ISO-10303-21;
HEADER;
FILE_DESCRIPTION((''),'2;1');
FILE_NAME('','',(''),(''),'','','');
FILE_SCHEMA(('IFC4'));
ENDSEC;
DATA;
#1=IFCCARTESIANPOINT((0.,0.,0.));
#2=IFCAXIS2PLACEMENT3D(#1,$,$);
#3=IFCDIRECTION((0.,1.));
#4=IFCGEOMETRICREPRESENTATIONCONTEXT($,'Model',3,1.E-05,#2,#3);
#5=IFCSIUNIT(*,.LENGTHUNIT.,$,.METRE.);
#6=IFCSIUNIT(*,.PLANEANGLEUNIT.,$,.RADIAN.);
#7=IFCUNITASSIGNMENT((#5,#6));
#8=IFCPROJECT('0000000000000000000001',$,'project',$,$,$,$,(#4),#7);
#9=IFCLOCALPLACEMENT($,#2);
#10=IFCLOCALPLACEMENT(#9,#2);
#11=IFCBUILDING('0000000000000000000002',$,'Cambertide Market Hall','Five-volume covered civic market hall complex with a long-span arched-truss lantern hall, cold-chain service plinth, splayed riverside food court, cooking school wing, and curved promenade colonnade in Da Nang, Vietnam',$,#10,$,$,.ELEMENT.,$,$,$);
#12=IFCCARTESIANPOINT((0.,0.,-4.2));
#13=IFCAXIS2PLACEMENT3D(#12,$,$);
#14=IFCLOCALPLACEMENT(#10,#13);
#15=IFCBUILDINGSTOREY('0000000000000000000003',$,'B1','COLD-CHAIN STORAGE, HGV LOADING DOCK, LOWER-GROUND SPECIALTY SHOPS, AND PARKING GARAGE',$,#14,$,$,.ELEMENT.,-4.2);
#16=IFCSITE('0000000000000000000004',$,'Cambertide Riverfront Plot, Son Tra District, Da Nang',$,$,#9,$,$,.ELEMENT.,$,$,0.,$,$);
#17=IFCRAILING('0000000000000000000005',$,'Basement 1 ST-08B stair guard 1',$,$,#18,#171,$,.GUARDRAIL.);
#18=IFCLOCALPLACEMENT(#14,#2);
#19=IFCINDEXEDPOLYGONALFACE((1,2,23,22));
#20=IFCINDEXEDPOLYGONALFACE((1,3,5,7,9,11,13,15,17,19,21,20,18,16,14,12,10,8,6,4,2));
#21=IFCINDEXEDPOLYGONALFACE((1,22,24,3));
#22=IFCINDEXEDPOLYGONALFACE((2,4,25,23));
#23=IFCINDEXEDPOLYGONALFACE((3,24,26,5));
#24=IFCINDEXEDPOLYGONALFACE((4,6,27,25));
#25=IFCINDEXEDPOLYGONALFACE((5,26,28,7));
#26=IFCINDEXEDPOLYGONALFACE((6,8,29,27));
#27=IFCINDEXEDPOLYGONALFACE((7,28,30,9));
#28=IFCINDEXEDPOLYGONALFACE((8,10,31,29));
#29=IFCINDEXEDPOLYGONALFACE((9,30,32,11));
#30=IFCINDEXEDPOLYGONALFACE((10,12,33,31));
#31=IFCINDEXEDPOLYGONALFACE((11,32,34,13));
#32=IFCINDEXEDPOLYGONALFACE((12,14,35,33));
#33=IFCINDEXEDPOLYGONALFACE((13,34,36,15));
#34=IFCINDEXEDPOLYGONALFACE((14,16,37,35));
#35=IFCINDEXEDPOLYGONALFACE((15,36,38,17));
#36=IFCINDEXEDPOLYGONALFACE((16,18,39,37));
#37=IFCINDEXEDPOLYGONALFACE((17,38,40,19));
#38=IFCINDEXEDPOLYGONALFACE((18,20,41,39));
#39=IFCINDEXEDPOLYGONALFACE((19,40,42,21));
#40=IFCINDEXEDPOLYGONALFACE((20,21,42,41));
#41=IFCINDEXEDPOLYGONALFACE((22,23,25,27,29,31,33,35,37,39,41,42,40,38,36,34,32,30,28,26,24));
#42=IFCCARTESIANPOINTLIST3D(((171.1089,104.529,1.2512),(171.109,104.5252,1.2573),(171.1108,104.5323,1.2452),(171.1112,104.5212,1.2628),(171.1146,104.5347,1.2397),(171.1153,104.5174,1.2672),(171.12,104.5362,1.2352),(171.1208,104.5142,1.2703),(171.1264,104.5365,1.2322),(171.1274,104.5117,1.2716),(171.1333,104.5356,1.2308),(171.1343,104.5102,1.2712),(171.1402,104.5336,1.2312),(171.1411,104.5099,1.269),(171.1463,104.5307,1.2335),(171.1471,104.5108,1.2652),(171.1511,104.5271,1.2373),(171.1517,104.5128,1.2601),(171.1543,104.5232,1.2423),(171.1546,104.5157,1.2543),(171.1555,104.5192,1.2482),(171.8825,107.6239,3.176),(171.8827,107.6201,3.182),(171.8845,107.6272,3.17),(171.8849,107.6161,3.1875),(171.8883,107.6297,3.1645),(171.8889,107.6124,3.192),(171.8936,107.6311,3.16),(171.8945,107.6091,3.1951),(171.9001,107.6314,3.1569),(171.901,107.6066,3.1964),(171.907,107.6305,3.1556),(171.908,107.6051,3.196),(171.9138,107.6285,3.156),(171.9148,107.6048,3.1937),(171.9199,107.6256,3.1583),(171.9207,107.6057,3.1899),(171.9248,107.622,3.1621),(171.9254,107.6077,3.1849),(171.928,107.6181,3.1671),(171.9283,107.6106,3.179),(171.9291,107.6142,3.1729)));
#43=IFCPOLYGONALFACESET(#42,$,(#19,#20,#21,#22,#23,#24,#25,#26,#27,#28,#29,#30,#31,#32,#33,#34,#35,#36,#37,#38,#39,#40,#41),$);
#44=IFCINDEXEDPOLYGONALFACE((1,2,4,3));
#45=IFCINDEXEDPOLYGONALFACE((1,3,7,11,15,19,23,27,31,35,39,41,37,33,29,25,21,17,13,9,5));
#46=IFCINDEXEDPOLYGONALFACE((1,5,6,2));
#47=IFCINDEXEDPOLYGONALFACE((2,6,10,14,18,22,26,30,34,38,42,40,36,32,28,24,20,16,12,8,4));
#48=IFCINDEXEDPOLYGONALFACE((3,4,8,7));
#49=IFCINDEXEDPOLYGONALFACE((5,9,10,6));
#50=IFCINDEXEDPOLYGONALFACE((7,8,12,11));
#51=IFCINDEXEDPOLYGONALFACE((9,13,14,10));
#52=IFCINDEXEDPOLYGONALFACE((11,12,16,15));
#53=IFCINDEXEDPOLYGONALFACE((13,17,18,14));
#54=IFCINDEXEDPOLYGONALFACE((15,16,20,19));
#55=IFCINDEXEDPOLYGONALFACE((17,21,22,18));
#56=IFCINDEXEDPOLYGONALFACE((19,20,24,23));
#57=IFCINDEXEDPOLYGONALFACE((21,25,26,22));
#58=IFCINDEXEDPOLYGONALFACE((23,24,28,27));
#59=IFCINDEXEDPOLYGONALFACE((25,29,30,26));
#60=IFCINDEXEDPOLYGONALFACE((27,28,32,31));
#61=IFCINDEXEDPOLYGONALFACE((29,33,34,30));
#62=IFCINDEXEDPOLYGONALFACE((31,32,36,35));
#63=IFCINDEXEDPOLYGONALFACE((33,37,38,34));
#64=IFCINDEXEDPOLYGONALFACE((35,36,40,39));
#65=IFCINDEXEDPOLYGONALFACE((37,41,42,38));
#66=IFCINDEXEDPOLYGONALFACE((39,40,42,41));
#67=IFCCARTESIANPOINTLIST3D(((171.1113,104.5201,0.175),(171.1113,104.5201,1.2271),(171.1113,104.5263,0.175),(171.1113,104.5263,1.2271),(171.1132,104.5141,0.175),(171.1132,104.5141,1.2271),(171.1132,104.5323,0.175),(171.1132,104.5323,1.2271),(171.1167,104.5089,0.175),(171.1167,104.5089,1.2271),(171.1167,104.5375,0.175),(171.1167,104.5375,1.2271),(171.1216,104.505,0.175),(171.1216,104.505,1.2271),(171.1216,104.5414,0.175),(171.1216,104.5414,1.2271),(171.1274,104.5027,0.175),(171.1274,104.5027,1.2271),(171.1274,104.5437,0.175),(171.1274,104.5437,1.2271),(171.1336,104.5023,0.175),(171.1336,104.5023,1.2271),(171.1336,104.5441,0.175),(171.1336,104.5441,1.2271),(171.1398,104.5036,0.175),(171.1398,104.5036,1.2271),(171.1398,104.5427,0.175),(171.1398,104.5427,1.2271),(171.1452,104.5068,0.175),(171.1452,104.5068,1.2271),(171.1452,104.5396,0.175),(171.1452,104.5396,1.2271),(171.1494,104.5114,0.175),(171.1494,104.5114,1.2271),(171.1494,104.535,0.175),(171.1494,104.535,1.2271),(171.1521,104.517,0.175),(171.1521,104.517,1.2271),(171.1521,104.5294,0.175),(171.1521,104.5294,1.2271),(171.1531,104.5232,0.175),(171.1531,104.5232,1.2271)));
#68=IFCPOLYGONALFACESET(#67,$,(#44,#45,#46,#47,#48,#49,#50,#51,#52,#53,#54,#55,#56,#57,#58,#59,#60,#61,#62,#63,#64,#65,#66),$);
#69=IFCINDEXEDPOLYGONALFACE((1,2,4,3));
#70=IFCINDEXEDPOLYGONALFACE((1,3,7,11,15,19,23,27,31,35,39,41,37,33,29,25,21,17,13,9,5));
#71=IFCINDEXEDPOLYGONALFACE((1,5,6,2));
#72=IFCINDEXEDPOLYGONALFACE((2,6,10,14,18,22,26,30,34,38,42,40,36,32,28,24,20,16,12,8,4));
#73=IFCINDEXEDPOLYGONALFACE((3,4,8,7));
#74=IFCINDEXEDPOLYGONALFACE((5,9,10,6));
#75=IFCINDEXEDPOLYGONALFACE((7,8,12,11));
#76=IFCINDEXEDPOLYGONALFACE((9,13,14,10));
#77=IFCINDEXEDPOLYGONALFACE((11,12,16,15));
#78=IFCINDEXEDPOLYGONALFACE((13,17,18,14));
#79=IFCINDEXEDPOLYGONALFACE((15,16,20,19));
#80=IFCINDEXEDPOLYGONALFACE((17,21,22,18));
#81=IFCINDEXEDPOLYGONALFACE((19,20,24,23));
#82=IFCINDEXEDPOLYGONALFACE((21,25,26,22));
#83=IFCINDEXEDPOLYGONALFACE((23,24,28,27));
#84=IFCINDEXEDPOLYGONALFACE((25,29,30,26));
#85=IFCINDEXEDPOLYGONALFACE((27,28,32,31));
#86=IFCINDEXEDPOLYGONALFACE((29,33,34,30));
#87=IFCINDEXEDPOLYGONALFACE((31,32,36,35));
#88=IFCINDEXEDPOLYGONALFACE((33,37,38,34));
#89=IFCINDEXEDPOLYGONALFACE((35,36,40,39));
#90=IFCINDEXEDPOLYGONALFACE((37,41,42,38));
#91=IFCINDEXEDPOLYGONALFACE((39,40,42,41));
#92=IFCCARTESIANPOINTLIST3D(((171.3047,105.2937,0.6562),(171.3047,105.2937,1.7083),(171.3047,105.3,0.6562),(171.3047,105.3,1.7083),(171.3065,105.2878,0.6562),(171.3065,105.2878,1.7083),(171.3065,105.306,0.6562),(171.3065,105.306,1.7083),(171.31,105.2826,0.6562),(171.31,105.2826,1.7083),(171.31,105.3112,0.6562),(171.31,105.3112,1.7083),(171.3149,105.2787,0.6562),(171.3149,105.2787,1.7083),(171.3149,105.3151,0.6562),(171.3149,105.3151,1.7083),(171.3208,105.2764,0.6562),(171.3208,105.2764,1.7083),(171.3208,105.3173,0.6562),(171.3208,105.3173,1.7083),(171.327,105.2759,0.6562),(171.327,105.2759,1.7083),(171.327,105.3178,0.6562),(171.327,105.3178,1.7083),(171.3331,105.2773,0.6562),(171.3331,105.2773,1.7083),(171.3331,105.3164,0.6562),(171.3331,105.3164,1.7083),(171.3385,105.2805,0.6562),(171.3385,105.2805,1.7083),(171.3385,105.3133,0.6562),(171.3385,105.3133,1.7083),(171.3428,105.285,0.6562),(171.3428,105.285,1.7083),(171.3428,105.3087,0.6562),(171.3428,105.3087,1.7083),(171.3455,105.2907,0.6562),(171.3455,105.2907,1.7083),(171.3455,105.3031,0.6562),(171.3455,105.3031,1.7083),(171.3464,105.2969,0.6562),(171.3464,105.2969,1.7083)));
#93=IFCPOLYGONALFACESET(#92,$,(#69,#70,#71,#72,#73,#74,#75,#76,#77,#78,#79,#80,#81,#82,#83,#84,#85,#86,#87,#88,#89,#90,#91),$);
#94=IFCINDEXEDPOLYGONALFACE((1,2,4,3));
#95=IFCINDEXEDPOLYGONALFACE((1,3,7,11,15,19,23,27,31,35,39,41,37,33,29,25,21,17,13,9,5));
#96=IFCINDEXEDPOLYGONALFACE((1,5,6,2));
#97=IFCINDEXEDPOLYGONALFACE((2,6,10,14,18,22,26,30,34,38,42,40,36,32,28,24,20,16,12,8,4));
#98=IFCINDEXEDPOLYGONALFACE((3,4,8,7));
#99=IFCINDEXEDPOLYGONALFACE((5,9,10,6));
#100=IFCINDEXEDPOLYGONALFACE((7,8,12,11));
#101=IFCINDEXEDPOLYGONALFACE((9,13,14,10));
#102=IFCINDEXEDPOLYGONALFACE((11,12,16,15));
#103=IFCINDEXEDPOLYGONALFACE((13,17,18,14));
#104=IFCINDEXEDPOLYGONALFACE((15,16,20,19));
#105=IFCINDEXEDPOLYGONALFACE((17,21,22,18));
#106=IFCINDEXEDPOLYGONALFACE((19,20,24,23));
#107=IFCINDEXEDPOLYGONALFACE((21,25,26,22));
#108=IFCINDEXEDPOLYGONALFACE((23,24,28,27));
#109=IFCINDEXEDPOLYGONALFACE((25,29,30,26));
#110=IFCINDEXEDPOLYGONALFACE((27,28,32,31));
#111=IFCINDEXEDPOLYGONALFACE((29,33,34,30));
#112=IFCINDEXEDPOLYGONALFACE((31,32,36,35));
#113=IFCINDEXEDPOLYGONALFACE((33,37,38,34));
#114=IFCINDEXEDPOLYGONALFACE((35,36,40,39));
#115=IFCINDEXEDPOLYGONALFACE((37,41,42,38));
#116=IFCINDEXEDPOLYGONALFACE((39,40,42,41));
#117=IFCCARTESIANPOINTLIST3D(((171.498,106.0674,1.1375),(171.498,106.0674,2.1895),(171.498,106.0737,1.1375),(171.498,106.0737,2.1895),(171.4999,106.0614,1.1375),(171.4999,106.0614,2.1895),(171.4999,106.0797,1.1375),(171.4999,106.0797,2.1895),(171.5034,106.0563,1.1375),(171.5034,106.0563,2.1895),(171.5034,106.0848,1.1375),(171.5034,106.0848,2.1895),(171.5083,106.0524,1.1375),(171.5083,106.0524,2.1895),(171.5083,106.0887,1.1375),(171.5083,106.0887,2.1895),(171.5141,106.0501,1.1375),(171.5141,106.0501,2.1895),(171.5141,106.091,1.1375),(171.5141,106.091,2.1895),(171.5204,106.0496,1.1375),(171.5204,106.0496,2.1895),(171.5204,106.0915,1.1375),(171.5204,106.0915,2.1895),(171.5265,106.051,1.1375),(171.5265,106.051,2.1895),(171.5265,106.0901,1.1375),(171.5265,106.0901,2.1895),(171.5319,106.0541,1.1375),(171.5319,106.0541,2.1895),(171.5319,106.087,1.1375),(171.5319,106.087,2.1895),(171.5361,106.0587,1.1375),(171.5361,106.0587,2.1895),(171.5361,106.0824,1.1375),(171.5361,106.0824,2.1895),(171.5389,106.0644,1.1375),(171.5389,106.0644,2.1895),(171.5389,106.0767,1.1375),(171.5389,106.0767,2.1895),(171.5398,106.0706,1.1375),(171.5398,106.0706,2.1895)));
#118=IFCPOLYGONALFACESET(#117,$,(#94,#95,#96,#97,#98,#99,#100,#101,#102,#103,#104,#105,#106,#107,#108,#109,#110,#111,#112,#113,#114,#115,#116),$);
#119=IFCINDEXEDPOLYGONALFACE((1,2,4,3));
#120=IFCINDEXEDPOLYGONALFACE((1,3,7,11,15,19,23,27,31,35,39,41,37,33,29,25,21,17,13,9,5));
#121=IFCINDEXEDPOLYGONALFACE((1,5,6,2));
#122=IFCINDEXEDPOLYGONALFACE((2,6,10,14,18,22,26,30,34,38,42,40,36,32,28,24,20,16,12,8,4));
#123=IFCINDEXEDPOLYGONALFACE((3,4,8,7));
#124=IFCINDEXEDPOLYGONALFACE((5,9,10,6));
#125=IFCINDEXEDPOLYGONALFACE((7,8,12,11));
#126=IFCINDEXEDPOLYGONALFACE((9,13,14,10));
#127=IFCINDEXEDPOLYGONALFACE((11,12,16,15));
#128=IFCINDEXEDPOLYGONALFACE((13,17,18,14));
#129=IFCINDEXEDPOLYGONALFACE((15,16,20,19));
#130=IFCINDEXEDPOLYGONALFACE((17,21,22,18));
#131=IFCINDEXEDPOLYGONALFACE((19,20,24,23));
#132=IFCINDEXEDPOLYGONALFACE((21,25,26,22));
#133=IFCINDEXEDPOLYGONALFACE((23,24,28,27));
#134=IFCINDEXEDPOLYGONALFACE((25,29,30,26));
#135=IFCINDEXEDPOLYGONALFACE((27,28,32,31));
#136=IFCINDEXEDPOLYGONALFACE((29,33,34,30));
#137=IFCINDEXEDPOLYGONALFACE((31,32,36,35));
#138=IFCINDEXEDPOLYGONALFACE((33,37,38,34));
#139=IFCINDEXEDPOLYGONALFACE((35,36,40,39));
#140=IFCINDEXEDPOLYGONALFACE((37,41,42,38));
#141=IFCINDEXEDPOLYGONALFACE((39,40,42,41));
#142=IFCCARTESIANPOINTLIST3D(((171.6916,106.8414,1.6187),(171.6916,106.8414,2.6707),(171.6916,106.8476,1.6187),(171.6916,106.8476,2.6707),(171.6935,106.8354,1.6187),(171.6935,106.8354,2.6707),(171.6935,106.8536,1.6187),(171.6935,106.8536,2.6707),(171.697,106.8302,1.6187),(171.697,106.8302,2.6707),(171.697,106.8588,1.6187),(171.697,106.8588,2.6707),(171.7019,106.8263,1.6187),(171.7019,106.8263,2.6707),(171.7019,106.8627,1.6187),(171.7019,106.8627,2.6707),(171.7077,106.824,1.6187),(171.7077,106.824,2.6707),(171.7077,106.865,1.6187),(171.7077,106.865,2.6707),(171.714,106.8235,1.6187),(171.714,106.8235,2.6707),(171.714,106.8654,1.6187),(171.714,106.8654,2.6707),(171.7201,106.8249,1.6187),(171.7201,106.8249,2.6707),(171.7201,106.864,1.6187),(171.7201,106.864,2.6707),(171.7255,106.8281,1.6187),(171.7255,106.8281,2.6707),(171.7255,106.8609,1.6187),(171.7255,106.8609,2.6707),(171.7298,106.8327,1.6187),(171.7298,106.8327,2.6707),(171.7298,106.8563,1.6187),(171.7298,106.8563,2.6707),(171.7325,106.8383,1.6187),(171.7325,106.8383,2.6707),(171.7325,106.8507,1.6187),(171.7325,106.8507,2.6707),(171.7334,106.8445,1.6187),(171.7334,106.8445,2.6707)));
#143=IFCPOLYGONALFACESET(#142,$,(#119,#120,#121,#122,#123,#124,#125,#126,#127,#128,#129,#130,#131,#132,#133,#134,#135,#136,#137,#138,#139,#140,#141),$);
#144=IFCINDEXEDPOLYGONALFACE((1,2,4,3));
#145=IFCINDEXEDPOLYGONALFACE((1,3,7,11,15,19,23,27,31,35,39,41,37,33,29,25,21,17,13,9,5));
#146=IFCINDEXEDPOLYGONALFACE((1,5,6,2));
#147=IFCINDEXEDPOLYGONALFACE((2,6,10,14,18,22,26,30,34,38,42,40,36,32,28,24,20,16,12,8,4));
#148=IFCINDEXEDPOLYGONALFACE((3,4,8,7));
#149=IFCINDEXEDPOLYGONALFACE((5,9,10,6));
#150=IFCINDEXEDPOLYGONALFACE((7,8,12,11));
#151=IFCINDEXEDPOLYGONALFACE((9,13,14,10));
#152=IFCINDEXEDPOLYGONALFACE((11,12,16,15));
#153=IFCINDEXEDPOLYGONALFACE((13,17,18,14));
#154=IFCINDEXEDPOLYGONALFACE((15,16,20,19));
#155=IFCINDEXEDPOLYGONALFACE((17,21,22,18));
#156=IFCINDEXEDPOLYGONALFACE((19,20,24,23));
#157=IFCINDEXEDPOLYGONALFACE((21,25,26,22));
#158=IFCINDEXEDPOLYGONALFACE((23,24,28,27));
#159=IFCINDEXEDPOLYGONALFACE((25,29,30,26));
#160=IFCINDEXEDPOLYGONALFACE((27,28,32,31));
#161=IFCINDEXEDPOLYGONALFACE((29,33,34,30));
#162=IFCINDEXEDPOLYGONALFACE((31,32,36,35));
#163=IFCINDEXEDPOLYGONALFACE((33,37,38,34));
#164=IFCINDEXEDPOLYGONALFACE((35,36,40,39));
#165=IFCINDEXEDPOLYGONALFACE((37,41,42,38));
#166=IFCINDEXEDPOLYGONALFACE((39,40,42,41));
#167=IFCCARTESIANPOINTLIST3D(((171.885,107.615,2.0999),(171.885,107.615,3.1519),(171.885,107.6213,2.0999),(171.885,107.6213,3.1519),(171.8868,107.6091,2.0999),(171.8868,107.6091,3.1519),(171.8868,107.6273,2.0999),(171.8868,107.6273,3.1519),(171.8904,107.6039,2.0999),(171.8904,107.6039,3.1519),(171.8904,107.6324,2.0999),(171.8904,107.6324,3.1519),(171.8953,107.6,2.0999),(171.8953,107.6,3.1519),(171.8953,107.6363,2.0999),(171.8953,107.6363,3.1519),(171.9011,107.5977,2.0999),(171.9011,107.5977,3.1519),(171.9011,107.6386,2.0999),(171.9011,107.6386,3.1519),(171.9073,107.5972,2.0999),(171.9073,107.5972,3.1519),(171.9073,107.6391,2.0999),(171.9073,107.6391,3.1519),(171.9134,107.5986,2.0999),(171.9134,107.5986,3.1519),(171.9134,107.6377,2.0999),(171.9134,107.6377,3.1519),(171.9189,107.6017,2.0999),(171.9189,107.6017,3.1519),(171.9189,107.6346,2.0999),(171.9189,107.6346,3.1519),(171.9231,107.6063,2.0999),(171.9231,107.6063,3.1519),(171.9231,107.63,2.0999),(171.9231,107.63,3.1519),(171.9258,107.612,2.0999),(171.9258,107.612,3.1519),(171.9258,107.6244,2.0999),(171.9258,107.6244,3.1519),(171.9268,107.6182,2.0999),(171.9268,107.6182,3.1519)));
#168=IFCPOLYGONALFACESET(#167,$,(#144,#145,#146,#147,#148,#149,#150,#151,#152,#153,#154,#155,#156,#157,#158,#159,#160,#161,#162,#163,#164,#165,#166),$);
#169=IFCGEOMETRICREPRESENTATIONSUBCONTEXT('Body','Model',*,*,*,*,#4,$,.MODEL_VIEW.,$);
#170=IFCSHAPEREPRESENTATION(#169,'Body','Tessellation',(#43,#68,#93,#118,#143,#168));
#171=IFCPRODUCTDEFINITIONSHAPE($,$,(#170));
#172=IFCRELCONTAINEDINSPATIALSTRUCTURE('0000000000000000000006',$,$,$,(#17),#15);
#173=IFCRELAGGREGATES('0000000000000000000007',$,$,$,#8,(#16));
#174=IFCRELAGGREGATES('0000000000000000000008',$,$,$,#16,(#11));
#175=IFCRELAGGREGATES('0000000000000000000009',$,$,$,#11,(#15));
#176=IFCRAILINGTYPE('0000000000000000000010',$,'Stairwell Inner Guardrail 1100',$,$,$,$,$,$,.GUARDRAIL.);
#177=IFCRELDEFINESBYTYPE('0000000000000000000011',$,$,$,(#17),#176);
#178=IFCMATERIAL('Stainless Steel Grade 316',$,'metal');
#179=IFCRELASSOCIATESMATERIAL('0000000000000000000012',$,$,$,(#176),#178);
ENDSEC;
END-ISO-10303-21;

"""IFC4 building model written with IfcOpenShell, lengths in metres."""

from ifc_helpers import new_model, si_unit, direction, frame, origin, origin_2d, place, context, subcontext, project, spatial, circle, extrude, material, type_object, element, save


model = new_model("IFC4")

# Units and contexts
model_context = context("Model", 3, precision=1e-05, world=origin(), true_north=direction((0.0, 1.0)))
body_context = subcontext(model_context, "Body", "Model", "MODEL_VIEW")
ifc_project = project(units=[si_unit("LENGTHUNIT", "METRE"), si_unit("PLANEANGLEUNIT", "RADIAN")], contexts=[model_context])

# Site, building, storey
site_placement = place(None, origin())
site = spatial("IfcSite", under=ifc_project, at=site_placement, Name="Cambertide Riverfront Plot, Son Tra District, Da Nang", CompositionType="ELEMENT", RefElevation=0.0)
building_placement = place(site_placement, origin())
building = spatial("IfcBuilding", under=site, at=building_placement, Name="Cambertide Market Hall", Description="Five-volume covered civic market hall complex with a long-span arched-truss lantern hall, cold-chain service plinth, splayed riverside food court, cooking school wing, and curved promenade colonnade in Da Nang, Vietnam", CompositionType="ELEMENT")
storey_placement = place(building_placement, frame((0.0, 0.0, -4.2)))
storey = spatial("IfcBuildingStorey", under=building, at=storey_placement, Name="B1", Description="COLD-CHAIN STORAGE, HGV LOADING DOCK, LOWER-GROUND SPECIALTY SHOPS, AND PARKING GARAGE", CompositionType="ELEMENT", Elevation=-4.2)

# Railing
ifc_material_1 = material(Name="Stainless Steel Grade 316", Category="metal")
railing_type_1 = type_object("IfcRailingType", Name="Stairwell Inner Guardrail 1100", PredefinedType="GUARDRAIL", material=ifc_material_1)
railing_1_placement = place(storey_placement, frame((171.1321, 104.5232, 0.175)))
element("IfcRailing", 1, at=railing_1_placement, inside=storey, type_object=railing_type_1, Name="Basement 1 ST-08B stair guard 1", PredefinedType="GUARDRAIL", context=body_context, shape_type="SweptSolid", body=[
    extrude(circle(Radius=0.0239, at=origin_2d()), frame((0.0, 0.0, 1.0762), z_axis=(0.20765, 0.830665, 0.516602), x_axis=(-0.970147, 0.242518, 0.0)), (0.0, 0.0, 1.0), 3.7258),
    extrude(circle(Radius=0.021, at=origin_2d()), origin(), (0.0, 0.0, 1.0), 1.052),
    extrude(circle(Radius=0.021, at=origin_2d()), frame((0.1934, 0.7737, 0.4812)), (0.0, 0.0, 1.0), 1.052),
    extrude(circle(Radius=0.021, at=origin_2d()), frame((0.3867, 1.5474, 0.9624)), (0.0, 0.0, 1.0), 1.052),
    extrude(circle(Radius=0.021, at=origin_2d()), frame((0.5803, 2.3213, 1.4436)), (0.0, 0.0, 1.0), 1.052),
    extrude(circle(Radius=0.021, at=origin_2d()), frame((0.7737, 3.095, 1.9248)), (0.0, 0.0, 1.0), 1.052),
])

save(model, "model.ifc")
